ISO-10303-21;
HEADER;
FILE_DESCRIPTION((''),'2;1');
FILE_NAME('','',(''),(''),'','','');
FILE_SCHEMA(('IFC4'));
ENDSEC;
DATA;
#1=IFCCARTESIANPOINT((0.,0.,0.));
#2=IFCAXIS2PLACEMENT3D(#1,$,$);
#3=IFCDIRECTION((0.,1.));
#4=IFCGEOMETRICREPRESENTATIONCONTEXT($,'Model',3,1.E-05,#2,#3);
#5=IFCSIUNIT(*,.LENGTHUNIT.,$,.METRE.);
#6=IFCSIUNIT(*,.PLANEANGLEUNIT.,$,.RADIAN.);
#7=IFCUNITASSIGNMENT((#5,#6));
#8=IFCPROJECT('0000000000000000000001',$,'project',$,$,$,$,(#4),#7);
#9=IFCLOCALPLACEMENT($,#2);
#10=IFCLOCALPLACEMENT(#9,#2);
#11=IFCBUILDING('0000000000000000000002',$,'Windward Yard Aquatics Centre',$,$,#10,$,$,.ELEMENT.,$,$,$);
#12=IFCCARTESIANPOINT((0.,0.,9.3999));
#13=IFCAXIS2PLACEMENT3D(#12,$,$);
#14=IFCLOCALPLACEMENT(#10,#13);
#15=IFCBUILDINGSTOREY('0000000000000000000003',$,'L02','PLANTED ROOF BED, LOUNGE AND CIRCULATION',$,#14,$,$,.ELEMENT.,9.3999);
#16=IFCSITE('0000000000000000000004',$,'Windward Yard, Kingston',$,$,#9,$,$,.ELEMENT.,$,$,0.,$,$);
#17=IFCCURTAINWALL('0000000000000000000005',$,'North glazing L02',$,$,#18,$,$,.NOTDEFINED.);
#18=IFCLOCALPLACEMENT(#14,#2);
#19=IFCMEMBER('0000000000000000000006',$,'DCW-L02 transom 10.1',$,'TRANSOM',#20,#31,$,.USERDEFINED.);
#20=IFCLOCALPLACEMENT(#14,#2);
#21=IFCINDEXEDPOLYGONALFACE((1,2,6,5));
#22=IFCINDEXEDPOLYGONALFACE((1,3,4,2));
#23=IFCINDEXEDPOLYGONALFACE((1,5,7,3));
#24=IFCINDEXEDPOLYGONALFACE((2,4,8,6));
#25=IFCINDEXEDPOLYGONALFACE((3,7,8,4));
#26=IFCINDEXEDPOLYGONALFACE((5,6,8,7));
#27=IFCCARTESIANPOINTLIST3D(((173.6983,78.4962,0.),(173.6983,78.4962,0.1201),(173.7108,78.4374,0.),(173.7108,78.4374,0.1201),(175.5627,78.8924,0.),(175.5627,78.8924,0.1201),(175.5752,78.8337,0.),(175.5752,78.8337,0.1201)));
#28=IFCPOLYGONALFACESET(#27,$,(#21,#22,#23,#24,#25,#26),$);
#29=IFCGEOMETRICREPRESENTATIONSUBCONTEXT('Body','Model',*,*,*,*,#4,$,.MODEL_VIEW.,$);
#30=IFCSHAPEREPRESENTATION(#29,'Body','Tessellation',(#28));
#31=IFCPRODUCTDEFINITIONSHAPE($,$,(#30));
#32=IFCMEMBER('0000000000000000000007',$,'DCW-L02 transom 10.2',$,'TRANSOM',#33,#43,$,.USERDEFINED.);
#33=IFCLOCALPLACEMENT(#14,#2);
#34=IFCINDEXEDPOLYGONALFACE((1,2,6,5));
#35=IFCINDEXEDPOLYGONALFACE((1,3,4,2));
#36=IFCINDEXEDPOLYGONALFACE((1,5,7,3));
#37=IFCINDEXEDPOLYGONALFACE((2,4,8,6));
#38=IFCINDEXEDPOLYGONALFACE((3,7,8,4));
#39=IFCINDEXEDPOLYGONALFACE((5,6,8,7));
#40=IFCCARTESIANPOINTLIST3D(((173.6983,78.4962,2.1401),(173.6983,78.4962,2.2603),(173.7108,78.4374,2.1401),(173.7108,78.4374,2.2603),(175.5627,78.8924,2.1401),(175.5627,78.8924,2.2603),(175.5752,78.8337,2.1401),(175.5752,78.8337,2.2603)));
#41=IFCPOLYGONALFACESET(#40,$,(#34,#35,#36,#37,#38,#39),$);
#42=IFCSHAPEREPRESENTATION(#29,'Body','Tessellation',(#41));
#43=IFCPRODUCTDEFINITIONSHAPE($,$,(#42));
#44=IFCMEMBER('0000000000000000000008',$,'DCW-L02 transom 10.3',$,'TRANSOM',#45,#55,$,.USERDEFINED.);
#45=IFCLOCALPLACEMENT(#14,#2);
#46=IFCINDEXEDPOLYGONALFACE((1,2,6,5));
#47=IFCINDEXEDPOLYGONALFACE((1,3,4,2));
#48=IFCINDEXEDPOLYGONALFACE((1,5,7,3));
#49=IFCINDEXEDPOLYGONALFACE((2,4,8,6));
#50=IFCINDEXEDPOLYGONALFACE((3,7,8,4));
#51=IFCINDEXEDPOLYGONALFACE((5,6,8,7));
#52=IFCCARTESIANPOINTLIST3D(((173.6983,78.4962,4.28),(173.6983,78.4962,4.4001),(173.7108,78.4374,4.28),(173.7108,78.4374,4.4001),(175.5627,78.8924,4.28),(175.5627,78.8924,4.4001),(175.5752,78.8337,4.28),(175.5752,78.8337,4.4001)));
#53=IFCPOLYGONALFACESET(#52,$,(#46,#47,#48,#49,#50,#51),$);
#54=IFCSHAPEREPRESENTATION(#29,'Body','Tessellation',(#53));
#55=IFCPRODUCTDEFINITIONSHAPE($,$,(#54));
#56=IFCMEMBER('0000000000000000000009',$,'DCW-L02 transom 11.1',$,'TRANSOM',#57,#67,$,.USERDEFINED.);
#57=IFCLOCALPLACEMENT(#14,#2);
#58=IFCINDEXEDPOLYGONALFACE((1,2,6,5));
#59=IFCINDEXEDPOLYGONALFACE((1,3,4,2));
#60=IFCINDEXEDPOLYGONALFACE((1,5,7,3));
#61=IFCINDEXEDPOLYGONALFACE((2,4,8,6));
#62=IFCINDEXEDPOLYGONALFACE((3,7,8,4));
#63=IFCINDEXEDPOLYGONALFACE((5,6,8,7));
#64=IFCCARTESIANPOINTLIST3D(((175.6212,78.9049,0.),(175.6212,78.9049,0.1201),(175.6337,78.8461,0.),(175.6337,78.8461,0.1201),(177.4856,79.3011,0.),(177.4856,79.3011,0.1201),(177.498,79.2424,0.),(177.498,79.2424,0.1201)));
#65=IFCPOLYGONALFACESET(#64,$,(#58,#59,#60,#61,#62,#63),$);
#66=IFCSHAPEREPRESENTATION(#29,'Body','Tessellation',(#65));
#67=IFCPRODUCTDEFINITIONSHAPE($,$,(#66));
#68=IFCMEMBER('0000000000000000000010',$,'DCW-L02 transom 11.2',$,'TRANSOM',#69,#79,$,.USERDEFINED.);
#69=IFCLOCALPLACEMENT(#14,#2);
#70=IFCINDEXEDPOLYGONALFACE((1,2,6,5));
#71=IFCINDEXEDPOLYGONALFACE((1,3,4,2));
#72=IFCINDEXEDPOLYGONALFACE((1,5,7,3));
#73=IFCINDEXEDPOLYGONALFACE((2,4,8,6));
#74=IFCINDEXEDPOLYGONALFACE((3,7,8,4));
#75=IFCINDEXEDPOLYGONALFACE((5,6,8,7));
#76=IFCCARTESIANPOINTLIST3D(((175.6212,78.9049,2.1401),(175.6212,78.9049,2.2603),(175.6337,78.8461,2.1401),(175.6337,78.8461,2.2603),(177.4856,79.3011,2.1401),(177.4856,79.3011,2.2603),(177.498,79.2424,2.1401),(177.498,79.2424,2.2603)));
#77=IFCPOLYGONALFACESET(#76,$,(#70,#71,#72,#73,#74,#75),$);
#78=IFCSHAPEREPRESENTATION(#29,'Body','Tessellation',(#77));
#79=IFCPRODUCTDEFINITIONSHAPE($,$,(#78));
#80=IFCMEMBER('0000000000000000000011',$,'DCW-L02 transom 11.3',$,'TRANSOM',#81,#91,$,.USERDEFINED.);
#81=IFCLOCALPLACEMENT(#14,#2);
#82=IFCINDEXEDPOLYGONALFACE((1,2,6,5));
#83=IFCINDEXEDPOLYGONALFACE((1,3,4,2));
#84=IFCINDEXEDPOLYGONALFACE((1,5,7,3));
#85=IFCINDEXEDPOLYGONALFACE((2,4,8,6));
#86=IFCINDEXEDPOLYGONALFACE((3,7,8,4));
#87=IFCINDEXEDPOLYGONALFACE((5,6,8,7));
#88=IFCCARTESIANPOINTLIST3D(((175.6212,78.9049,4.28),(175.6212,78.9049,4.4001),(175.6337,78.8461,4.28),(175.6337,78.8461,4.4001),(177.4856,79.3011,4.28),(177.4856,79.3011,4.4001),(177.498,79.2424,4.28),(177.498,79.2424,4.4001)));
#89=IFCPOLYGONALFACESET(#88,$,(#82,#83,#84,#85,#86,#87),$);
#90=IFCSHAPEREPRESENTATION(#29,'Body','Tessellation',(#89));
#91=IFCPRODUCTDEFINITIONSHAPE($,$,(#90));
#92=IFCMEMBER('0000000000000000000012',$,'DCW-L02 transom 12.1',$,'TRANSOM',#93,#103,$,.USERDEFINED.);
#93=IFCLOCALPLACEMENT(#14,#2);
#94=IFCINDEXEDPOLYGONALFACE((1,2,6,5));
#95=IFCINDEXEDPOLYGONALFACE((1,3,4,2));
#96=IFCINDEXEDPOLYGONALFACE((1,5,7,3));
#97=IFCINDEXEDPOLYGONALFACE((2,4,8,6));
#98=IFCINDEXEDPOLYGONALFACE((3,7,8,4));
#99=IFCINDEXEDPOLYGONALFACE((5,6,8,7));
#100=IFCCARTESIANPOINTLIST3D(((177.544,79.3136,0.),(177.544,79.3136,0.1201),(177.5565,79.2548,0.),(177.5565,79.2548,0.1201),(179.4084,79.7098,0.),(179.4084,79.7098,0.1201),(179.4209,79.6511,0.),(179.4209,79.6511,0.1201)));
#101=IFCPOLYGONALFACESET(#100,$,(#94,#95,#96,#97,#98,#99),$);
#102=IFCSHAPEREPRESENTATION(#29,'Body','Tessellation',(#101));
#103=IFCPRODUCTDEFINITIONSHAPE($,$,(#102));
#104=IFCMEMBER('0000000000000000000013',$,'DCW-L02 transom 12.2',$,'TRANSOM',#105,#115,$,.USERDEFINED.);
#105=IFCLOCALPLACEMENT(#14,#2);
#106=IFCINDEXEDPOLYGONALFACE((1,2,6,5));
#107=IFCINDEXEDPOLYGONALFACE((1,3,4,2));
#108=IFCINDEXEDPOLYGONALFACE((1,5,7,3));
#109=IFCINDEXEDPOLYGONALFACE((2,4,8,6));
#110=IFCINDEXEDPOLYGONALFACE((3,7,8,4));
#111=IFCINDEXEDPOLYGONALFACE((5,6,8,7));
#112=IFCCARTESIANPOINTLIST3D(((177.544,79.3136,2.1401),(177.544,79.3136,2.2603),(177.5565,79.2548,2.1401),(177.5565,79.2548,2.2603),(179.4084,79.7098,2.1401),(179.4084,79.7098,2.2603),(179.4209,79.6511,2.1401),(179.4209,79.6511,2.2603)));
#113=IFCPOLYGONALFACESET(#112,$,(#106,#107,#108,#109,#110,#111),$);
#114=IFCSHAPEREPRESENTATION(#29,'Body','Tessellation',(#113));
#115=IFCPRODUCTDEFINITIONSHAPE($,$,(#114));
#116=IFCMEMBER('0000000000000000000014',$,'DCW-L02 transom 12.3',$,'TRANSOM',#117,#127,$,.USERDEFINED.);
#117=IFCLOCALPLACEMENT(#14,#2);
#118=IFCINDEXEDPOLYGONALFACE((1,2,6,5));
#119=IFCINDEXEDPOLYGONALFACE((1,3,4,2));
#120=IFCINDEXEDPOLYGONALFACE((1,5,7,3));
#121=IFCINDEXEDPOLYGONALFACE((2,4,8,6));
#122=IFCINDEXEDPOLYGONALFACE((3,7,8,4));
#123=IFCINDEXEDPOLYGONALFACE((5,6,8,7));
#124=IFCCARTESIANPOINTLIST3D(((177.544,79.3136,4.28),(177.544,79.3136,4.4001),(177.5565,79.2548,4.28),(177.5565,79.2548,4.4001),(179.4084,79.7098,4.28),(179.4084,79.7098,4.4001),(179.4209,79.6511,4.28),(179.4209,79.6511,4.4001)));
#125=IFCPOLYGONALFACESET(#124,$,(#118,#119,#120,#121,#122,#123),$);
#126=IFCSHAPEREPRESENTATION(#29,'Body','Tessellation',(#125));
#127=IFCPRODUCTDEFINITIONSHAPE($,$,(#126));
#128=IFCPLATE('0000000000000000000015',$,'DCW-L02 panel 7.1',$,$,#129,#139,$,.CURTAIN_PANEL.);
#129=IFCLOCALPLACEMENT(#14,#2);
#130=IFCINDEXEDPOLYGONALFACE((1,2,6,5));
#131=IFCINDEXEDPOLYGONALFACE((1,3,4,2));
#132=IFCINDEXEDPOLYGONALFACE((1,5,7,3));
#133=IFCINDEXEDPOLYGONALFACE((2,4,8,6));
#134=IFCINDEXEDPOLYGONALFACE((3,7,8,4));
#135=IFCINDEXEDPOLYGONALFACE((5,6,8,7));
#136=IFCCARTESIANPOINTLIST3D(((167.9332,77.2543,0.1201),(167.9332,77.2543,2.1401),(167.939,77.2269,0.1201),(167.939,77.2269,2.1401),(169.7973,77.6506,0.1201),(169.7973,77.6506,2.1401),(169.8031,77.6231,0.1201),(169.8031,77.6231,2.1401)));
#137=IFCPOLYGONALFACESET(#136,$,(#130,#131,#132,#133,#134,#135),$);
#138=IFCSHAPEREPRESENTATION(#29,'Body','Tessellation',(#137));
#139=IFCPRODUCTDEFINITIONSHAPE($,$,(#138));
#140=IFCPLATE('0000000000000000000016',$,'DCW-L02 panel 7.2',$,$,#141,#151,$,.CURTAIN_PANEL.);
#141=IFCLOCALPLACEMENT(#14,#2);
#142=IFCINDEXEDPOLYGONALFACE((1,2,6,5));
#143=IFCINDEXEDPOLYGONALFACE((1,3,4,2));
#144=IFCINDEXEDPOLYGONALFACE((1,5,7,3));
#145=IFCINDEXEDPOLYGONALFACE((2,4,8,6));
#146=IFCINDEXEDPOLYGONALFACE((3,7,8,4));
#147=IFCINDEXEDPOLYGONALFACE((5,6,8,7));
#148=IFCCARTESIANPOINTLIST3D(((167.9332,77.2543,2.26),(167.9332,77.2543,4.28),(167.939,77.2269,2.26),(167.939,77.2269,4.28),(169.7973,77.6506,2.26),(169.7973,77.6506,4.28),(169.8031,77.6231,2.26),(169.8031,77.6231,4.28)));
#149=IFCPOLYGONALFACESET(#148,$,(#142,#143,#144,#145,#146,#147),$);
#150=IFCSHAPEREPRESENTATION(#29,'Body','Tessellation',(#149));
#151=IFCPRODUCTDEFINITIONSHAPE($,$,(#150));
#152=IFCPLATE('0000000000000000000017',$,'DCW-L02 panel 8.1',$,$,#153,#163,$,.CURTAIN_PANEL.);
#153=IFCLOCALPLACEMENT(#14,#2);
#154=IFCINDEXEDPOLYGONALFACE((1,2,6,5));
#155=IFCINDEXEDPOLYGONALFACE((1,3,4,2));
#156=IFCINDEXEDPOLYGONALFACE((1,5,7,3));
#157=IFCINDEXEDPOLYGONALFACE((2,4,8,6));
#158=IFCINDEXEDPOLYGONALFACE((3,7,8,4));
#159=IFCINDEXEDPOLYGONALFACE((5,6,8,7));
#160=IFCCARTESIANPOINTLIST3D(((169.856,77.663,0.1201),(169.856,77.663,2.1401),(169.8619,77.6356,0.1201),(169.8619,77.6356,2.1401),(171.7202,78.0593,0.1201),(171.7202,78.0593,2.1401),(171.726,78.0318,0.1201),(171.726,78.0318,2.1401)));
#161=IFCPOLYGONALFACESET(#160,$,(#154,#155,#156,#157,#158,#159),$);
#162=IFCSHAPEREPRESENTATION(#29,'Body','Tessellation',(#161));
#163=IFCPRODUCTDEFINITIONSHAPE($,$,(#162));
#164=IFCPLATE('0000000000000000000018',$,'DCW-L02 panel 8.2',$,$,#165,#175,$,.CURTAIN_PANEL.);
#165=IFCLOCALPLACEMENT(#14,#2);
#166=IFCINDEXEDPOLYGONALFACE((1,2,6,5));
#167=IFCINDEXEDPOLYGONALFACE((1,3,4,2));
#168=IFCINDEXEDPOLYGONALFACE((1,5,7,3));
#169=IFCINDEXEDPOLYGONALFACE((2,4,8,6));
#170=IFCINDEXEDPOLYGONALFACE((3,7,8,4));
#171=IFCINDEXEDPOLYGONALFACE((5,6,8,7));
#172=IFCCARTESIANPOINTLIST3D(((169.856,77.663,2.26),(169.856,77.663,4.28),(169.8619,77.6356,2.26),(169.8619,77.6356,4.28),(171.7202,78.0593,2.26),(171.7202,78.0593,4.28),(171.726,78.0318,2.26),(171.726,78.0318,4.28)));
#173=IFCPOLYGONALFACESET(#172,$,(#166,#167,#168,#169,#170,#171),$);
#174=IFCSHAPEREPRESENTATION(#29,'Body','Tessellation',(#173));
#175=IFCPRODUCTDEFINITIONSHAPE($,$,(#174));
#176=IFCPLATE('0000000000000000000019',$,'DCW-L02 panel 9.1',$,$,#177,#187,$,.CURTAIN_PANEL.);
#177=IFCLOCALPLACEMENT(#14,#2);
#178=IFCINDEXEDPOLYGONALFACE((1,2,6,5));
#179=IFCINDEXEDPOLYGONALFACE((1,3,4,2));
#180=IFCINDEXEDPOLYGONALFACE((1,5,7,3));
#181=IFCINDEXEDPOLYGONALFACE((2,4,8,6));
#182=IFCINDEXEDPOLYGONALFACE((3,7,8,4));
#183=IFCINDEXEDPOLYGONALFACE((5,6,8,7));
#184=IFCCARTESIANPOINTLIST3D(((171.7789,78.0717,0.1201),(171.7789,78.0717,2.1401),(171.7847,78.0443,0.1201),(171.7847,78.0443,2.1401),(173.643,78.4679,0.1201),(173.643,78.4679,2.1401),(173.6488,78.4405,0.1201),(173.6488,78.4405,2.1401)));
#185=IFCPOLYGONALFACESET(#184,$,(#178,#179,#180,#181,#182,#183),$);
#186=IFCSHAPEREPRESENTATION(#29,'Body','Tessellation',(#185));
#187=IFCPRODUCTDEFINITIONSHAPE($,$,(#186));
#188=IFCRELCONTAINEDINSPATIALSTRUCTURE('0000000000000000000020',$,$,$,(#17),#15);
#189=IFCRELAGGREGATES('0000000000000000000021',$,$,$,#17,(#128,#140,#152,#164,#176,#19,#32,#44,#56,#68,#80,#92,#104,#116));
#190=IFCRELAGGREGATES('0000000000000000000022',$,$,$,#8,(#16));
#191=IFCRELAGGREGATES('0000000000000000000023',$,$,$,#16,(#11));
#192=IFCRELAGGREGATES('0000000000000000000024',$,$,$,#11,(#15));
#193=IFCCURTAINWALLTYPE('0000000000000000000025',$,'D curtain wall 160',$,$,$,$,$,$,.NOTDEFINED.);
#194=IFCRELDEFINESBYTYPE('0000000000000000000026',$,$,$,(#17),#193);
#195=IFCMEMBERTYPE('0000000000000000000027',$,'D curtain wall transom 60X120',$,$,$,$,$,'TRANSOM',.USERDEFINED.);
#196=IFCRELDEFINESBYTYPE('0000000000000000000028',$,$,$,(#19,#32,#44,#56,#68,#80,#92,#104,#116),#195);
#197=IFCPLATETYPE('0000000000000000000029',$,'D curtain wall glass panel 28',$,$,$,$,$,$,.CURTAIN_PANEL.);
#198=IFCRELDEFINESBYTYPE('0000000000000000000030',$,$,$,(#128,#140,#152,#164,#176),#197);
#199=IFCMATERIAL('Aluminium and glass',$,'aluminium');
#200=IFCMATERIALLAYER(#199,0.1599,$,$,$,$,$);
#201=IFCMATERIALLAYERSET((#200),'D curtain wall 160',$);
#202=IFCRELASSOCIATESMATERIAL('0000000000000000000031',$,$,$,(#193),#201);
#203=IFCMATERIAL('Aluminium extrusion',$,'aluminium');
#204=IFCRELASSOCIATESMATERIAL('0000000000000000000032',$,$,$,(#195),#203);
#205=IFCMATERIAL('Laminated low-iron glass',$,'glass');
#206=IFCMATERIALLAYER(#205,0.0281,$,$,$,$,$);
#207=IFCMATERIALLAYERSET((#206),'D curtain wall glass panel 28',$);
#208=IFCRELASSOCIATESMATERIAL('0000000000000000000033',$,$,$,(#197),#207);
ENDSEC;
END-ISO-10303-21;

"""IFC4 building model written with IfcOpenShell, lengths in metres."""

from ifc_helpers import new_model, si_unit, direction, frame, origin, origin_2d, place, context, subcontext, project, spatial, rectangle, extrude, material, layer, layer_set, material_profile, profile_set, type_object, element, aggregate, save


model = new_model("IFC4")

# Units and contexts
model_context = context("Model", 3, precision=1e-05, world=origin(), true_north=direction((0.0, 1.0)))
body_context = subcontext(model_context, "Body", "Model", "MODEL_VIEW")
ifc_project = project(units=[si_unit("LENGTHUNIT", "METRE"), si_unit("PLANEANGLEUNIT", "RADIAN")], contexts=[model_context])

# Site, building, storey
site_placement = place(None, origin())
site = spatial("IfcSite", under=ifc_project, at=site_placement, Name="Windward Yard, Kingston", CompositionType="ELEMENT", RefElevation=0.0)
building_placement = place(site_placement, origin())
building = spatial("IfcBuilding", under=site, at=building_placement, Name="Windward Yard Aquatics Centre", CompositionType="ELEMENT")
storey_placement = place(building_placement, frame((0.0, 0.0, 9.3999)))
storey = spatial("IfcBuildingStorey", under=building, at=storey_placement, Name="L02", Description="PLANTED ROOF BED, LOUNGE AND CIRCULATION", CompositionType="ELEMENT", Elevation=9.3999)

# Curtain wall, members, plates
ifc_material_1 = material(Name="Aluminium and glass", Category="aluminium")
ifc_layer_1 = layer(ifc_material_1, 0.1599)
ifc_layer_set_1 = layer_set([ifc_layer_1], Name="D curtain wall 160")
curtain_wall_type = type_object("IfcCurtainWallType", Name="D curtain wall 160", PredefinedType="NOTDEFINED", material=ifc_layer_set_1)
curtain_wall_placement = place(storey_placement, origin())
curtain_wall = element("IfcCurtainWall", 1, at=curtain_wall_placement, inside=storey, type_object=curtain_wall_type, Name="North glazing L02", PredefinedType="NOTDEFINED")
ifc_material_2 = material(Name="Aluminium extrusion", Category="aluminium")
ifc_material_profile_1 = material_profile(ifc_material_2, rectangle(XDim=0.0601, YDim=0.1201, at=origin_2d()), Name="TRANSOM 60X120")
ifc_profile_set_1 = profile_set([ifc_material_profile_1], Name="Aluminium extrusion")
member_type_1 = type_object("IfcMemberType", Name="D curtain wall transom 60X120", ElementType="TRANSOM", PredefinedType="USERDEFINED", material=ifc_profile_set_1)
member_1_placement = place(storey_placement, frame((173.7046, 78.4668, 0.0601), z_axis=(0.97815, 0.207902, 0.0), x_axis=(-0.207902, 0.97815, 0.0)))
member_1 = element("IfcMember", 2, at=member_1_placement, type_object=member_type_1, Name="DCW-L02 transom 10.1", ObjectType="TRANSOM", PredefinedType="USERDEFINED", context=body_context, shape_type="SweptSolid", body=[
    extrude(rectangle(XDim=0.0601, YDim=0.1201, at=origin_2d()), origin(), (0.0, 0.0, 1.0), 1.906),
])
member_2_placement = place(storey_placement, frame((173.7046, 78.4668, 2.2002), z_axis=(0.97815, 0.207902, 0.0), x_axis=(-0.207902, 0.97815, 0.0)))
member_2 = element("IfcMember", 3, at=member_2_placement, type_object=member_type_1, Name="DCW-L02 transom 10.2", ObjectType="TRANSOM", PredefinedType="USERDEFINED", context=body_context, shape_type="SweptSolid", body=[
    extrude(rectangle(XDim=0.0601, YDim=0.1201, at=origin_2d()), origin(), (0.0, 0.0, 1.0), 1.906),
])
member_3_placement = place(storey_placement, frame((173.7046, 78.4668, 4.3401), z_axis=(0.97815, 0.207902, 0.0), x_axis=(-0.207902, 0.97815, 0.0)))
member_3 = element("IfcMember", 4, at=member_3_placement, type_object=member_type_1, Name="DCW-L02 transom 10.3", ObjectType="TRANSOM", PredefinedType="USERDEFINED", context=body_context, shape_type="SweptSolid", body=[
    extrude(rectangle(XDim=0.0601, YDim=0.1201, at=origin_2d()), origin(), (0.0, 0.0, 1.0), 1.906),
])
member_4_placement = place(storey_placement, frame((175.6274, 78.8755, 0.0601), z_axis=(0.97815, 0.207902, 0.0), x_axis=(-0.207902, 0.97815, 0.0)))
member_4 = element("IfcMember", 5, at=member_4_placement, type_object=member_type_1, Name="DCW-L02 transom 11.1", ObjectType="TRANSOM", PredefinedType="USERDEFINED", context=body_context, shape_type="SweptSolid", body=[
    extrude(rectangle(XDim=0.0601, YDim=0.1201, at=origin_2d()), origin(), (0.0, 0.0, 1.0), 1.906),
])
member_5_placement = place(storey_placement, frame((175.6274, 78.8755, 2.2002), z_axis=(0.97815, 0.207902, 0.0), x_axis=(-0.207902, 0.97815, 0.0)))
member_5 = element("IfcMember", 6, at=member_5_placement, type_object=member_type_1, Name="DCW-L02 transom 11.2", ObjectType="TRANSOM", PredefinedType="USERDEFINED", context=body_context, shape_type="SweptSolid", body=[
    extrude(rectangle(XDim=0.0601, YDim=0.1201, at=origin_2d()), origin(), (0.0, 0.0, 1.0), 1.906),
])
member_6_placement = place(storey_placement, frame((175.6274, 78.8755, 4.3401), z_axis=(0.97815, 0.207902, 0.0), x_axis=(-0.207902, 0.97815, 0.0)))
member_6 = element("IfcMember", 7, at=member_6_placement, type_object=member_type_1, Name="DCW-L02 transom 11.3", ObjectType="TRANSOM", PredefinedType="USERDEFINED", context=body_context, shape_type="SweptSolid", body=[
    extrude(rectangle(XDim=0.0601, YDim=0.1201, at=origin_2d()), origin(), (0.0, 0.0, 1.0), 1.906),
])
member_7_placement = place(storey_placement, frame((177.5503, 79.2842, 0.0601), z_axis=(0.97815, 0.207902, 0.0), x_axis=(-0.207902, 0.97815, 0.0)))
member_7 = element("IfcMember", 8, at=member_7_placement, type_object=member_type_1, Name="DCW-L02 transom 12.1", ObjectType="TRANSOM", PredefinedType="USERDEFINED", context=body_context, shape_type="SweptSolid", body=[
    extrude(rectangle(XDim=0.0601, YDim=0.1201, at=origin_2d()), origin(), (0.0, 0.0, 1.0), 1.906),
])
member_8_placement = place(storey_placement, frame((177.5503, 79.2842, 2.2002), z_axis=(0.97815, 0.207902, 0.0), x_axis=(-0.207902, 0.97815, 0.0)))
member_8 = element("IfcMember", 9, at=member_8_placement, type_object=member_type_1, Name="DCW-L02 transom 12.2", ObjectType="TRANSOM", PredefinedType="USERDEFINED", context=body_context, shape_type="SweptSolid", body=[
    extrude(rectangle(XDim=0.0601, YDim=0.1201, at=origin_2d()), origin(), (0.0, 0.0, 1.0), 1.906),
])
member_9_placement = place(storey_placement, frame((177.5503, 79.2842, 4.3401), z_axis=(0.97815, 0.207902, 0.0), x_axis=(-0.207902, 0.97815, 0.0)))
member_9 = element("IfcMember", 10, at=member_9_placement, type_object=member_type_1, Name="DCW-L02 transom 12.3", ObjectType="TRANSOM", PredefinedType="USERDEFINED", context=body_context, shape_type="SweptSolid", body=[
    extrude(rectangle(XDim=0.0601, YDim=0.1201, at=origin_2d()), origin(), (0.0, 0.0, 1.0), 1.906),
])
ifc_material_3 = material(Name="Laminated low-iron glass", Category="glass")
ifc_layer_2 = layer(ifc_material_3, 0.0281)
ifc_layer_set_2 = layer_set([ifc_layer_2], Name="D curtain wall glass panel 28")
plate_type = type_object("IfcPlateType", Name="D curtain wall glass panel 28", PredefinedType="CURTAIN_PANEL", material=ifc_layer_set_2)
plate_1_placement = place(storey_placement, frame((168.8682, 77.4387, 0.1201), z_axis=(0.0, 0.0, 1.0), x_axis=(0.978148, 0.207912, 0.0)))
plate_1 = element("IfcPlate", 11, at=plate_1_placement, type_object=plate_type, Name="DCW-L02 panel 7.1", PredefinedType="CURTAIN_PANEL", context=body_context, shape_type="SweptSolid", body=[
    extrude(rectangle(XDim=1.9058, YDim=0.0281, at=origin_2d()), origin(), (0.0, 0.0, 1.0), 2.02),
])
plate_2_placement = place(storey_placement, frame((168.8682, 77.4387, 2.26), z_axis=(0.0, 0.0, 1.0), x_axis=(0.978148, 0.207912, 0.0)))
plate_2 = element("IfcPlate", 12, at=plate_2_placement, type_object=plate_type, Name="DCW-L02 panel 7.2", PredefinedType="CURTAIN_PANEL", context=body_context, shape_type="SweptSolid", body=[
    extrude(rectangle(XDim=1.9058, YDim=0.0281, at=origin_2d()), origin(), (0.0, 0.0, 1.0), 2.02),
])
plate_3_placement = place(storey_placement, frame((170.791, 77.8474, 0.1201), z_axis=(0.0, 0.0, 1.0), x_axis=(0.978148, 0.207912, 0.0)))
plate_3 = element("IfcPlate", 13, at=plate_3_placement, type_object=plate_type, Name="DCW-L02 panel 8.1", PredefinedType="CURTAIN_PANEL", context=body_context, shape_type="SweptSolid", body=[
    extrude(rectangle(XDim=1.9058, YDim=0.0281, at=origin_2d()), origin(), (0.0, 0.0, 1.0), 2.02),
])
plate_4_placement = place(storey_placement, frame((170.791, 77.8474, 2.26), z_axis=(0.0, 0.0, 1.0), x_axis=(0.978148, 0.207912, 0.0)))
plate_4 = element("IfcPlate", 14, at=plate_4_placement, type_object=plate_type, Name="DCW-L02 panel 8.2", PredefinedType="CURTAIN_PANEL", context=body_context, shape_type="SweptSolid", body=[
    extrude(rectangle(XDim=1.9058, YDim=0.0281, at=origin_2d()), origin(), (0.0, 0.0, 1.0), 2.02),
])
plate_5_placement = place(storey_placement, frame((172.7139, 78.2561, 0.1201), z_axis=(0.0, 0.0, 1.0), x_axis=(0.978148, 0.207912, 0.0)))
plate_5 = element("IfcPlate", 15, at=plate_5_placement, type_object=plate_type, Name="DCW-L02 panel 9.1", PredefinedType="CURTAIN_PANEL", context=body_context, shape_type="SweptSolid", body=[
    extrude(rectangle(XDim=1.9058, YDim=0.0281, at=origin_2d()), origin(), (0.0, 0.0, 1.0), 2.02),
])
aggregate(curtain_wall, [plate_1, plate_2, plate_3, plate_4, plate_5, member_1, member_2, member_3, member_4, member_5, member_6, member_7, member_8, member_9])

save(model, "model.ifc")
